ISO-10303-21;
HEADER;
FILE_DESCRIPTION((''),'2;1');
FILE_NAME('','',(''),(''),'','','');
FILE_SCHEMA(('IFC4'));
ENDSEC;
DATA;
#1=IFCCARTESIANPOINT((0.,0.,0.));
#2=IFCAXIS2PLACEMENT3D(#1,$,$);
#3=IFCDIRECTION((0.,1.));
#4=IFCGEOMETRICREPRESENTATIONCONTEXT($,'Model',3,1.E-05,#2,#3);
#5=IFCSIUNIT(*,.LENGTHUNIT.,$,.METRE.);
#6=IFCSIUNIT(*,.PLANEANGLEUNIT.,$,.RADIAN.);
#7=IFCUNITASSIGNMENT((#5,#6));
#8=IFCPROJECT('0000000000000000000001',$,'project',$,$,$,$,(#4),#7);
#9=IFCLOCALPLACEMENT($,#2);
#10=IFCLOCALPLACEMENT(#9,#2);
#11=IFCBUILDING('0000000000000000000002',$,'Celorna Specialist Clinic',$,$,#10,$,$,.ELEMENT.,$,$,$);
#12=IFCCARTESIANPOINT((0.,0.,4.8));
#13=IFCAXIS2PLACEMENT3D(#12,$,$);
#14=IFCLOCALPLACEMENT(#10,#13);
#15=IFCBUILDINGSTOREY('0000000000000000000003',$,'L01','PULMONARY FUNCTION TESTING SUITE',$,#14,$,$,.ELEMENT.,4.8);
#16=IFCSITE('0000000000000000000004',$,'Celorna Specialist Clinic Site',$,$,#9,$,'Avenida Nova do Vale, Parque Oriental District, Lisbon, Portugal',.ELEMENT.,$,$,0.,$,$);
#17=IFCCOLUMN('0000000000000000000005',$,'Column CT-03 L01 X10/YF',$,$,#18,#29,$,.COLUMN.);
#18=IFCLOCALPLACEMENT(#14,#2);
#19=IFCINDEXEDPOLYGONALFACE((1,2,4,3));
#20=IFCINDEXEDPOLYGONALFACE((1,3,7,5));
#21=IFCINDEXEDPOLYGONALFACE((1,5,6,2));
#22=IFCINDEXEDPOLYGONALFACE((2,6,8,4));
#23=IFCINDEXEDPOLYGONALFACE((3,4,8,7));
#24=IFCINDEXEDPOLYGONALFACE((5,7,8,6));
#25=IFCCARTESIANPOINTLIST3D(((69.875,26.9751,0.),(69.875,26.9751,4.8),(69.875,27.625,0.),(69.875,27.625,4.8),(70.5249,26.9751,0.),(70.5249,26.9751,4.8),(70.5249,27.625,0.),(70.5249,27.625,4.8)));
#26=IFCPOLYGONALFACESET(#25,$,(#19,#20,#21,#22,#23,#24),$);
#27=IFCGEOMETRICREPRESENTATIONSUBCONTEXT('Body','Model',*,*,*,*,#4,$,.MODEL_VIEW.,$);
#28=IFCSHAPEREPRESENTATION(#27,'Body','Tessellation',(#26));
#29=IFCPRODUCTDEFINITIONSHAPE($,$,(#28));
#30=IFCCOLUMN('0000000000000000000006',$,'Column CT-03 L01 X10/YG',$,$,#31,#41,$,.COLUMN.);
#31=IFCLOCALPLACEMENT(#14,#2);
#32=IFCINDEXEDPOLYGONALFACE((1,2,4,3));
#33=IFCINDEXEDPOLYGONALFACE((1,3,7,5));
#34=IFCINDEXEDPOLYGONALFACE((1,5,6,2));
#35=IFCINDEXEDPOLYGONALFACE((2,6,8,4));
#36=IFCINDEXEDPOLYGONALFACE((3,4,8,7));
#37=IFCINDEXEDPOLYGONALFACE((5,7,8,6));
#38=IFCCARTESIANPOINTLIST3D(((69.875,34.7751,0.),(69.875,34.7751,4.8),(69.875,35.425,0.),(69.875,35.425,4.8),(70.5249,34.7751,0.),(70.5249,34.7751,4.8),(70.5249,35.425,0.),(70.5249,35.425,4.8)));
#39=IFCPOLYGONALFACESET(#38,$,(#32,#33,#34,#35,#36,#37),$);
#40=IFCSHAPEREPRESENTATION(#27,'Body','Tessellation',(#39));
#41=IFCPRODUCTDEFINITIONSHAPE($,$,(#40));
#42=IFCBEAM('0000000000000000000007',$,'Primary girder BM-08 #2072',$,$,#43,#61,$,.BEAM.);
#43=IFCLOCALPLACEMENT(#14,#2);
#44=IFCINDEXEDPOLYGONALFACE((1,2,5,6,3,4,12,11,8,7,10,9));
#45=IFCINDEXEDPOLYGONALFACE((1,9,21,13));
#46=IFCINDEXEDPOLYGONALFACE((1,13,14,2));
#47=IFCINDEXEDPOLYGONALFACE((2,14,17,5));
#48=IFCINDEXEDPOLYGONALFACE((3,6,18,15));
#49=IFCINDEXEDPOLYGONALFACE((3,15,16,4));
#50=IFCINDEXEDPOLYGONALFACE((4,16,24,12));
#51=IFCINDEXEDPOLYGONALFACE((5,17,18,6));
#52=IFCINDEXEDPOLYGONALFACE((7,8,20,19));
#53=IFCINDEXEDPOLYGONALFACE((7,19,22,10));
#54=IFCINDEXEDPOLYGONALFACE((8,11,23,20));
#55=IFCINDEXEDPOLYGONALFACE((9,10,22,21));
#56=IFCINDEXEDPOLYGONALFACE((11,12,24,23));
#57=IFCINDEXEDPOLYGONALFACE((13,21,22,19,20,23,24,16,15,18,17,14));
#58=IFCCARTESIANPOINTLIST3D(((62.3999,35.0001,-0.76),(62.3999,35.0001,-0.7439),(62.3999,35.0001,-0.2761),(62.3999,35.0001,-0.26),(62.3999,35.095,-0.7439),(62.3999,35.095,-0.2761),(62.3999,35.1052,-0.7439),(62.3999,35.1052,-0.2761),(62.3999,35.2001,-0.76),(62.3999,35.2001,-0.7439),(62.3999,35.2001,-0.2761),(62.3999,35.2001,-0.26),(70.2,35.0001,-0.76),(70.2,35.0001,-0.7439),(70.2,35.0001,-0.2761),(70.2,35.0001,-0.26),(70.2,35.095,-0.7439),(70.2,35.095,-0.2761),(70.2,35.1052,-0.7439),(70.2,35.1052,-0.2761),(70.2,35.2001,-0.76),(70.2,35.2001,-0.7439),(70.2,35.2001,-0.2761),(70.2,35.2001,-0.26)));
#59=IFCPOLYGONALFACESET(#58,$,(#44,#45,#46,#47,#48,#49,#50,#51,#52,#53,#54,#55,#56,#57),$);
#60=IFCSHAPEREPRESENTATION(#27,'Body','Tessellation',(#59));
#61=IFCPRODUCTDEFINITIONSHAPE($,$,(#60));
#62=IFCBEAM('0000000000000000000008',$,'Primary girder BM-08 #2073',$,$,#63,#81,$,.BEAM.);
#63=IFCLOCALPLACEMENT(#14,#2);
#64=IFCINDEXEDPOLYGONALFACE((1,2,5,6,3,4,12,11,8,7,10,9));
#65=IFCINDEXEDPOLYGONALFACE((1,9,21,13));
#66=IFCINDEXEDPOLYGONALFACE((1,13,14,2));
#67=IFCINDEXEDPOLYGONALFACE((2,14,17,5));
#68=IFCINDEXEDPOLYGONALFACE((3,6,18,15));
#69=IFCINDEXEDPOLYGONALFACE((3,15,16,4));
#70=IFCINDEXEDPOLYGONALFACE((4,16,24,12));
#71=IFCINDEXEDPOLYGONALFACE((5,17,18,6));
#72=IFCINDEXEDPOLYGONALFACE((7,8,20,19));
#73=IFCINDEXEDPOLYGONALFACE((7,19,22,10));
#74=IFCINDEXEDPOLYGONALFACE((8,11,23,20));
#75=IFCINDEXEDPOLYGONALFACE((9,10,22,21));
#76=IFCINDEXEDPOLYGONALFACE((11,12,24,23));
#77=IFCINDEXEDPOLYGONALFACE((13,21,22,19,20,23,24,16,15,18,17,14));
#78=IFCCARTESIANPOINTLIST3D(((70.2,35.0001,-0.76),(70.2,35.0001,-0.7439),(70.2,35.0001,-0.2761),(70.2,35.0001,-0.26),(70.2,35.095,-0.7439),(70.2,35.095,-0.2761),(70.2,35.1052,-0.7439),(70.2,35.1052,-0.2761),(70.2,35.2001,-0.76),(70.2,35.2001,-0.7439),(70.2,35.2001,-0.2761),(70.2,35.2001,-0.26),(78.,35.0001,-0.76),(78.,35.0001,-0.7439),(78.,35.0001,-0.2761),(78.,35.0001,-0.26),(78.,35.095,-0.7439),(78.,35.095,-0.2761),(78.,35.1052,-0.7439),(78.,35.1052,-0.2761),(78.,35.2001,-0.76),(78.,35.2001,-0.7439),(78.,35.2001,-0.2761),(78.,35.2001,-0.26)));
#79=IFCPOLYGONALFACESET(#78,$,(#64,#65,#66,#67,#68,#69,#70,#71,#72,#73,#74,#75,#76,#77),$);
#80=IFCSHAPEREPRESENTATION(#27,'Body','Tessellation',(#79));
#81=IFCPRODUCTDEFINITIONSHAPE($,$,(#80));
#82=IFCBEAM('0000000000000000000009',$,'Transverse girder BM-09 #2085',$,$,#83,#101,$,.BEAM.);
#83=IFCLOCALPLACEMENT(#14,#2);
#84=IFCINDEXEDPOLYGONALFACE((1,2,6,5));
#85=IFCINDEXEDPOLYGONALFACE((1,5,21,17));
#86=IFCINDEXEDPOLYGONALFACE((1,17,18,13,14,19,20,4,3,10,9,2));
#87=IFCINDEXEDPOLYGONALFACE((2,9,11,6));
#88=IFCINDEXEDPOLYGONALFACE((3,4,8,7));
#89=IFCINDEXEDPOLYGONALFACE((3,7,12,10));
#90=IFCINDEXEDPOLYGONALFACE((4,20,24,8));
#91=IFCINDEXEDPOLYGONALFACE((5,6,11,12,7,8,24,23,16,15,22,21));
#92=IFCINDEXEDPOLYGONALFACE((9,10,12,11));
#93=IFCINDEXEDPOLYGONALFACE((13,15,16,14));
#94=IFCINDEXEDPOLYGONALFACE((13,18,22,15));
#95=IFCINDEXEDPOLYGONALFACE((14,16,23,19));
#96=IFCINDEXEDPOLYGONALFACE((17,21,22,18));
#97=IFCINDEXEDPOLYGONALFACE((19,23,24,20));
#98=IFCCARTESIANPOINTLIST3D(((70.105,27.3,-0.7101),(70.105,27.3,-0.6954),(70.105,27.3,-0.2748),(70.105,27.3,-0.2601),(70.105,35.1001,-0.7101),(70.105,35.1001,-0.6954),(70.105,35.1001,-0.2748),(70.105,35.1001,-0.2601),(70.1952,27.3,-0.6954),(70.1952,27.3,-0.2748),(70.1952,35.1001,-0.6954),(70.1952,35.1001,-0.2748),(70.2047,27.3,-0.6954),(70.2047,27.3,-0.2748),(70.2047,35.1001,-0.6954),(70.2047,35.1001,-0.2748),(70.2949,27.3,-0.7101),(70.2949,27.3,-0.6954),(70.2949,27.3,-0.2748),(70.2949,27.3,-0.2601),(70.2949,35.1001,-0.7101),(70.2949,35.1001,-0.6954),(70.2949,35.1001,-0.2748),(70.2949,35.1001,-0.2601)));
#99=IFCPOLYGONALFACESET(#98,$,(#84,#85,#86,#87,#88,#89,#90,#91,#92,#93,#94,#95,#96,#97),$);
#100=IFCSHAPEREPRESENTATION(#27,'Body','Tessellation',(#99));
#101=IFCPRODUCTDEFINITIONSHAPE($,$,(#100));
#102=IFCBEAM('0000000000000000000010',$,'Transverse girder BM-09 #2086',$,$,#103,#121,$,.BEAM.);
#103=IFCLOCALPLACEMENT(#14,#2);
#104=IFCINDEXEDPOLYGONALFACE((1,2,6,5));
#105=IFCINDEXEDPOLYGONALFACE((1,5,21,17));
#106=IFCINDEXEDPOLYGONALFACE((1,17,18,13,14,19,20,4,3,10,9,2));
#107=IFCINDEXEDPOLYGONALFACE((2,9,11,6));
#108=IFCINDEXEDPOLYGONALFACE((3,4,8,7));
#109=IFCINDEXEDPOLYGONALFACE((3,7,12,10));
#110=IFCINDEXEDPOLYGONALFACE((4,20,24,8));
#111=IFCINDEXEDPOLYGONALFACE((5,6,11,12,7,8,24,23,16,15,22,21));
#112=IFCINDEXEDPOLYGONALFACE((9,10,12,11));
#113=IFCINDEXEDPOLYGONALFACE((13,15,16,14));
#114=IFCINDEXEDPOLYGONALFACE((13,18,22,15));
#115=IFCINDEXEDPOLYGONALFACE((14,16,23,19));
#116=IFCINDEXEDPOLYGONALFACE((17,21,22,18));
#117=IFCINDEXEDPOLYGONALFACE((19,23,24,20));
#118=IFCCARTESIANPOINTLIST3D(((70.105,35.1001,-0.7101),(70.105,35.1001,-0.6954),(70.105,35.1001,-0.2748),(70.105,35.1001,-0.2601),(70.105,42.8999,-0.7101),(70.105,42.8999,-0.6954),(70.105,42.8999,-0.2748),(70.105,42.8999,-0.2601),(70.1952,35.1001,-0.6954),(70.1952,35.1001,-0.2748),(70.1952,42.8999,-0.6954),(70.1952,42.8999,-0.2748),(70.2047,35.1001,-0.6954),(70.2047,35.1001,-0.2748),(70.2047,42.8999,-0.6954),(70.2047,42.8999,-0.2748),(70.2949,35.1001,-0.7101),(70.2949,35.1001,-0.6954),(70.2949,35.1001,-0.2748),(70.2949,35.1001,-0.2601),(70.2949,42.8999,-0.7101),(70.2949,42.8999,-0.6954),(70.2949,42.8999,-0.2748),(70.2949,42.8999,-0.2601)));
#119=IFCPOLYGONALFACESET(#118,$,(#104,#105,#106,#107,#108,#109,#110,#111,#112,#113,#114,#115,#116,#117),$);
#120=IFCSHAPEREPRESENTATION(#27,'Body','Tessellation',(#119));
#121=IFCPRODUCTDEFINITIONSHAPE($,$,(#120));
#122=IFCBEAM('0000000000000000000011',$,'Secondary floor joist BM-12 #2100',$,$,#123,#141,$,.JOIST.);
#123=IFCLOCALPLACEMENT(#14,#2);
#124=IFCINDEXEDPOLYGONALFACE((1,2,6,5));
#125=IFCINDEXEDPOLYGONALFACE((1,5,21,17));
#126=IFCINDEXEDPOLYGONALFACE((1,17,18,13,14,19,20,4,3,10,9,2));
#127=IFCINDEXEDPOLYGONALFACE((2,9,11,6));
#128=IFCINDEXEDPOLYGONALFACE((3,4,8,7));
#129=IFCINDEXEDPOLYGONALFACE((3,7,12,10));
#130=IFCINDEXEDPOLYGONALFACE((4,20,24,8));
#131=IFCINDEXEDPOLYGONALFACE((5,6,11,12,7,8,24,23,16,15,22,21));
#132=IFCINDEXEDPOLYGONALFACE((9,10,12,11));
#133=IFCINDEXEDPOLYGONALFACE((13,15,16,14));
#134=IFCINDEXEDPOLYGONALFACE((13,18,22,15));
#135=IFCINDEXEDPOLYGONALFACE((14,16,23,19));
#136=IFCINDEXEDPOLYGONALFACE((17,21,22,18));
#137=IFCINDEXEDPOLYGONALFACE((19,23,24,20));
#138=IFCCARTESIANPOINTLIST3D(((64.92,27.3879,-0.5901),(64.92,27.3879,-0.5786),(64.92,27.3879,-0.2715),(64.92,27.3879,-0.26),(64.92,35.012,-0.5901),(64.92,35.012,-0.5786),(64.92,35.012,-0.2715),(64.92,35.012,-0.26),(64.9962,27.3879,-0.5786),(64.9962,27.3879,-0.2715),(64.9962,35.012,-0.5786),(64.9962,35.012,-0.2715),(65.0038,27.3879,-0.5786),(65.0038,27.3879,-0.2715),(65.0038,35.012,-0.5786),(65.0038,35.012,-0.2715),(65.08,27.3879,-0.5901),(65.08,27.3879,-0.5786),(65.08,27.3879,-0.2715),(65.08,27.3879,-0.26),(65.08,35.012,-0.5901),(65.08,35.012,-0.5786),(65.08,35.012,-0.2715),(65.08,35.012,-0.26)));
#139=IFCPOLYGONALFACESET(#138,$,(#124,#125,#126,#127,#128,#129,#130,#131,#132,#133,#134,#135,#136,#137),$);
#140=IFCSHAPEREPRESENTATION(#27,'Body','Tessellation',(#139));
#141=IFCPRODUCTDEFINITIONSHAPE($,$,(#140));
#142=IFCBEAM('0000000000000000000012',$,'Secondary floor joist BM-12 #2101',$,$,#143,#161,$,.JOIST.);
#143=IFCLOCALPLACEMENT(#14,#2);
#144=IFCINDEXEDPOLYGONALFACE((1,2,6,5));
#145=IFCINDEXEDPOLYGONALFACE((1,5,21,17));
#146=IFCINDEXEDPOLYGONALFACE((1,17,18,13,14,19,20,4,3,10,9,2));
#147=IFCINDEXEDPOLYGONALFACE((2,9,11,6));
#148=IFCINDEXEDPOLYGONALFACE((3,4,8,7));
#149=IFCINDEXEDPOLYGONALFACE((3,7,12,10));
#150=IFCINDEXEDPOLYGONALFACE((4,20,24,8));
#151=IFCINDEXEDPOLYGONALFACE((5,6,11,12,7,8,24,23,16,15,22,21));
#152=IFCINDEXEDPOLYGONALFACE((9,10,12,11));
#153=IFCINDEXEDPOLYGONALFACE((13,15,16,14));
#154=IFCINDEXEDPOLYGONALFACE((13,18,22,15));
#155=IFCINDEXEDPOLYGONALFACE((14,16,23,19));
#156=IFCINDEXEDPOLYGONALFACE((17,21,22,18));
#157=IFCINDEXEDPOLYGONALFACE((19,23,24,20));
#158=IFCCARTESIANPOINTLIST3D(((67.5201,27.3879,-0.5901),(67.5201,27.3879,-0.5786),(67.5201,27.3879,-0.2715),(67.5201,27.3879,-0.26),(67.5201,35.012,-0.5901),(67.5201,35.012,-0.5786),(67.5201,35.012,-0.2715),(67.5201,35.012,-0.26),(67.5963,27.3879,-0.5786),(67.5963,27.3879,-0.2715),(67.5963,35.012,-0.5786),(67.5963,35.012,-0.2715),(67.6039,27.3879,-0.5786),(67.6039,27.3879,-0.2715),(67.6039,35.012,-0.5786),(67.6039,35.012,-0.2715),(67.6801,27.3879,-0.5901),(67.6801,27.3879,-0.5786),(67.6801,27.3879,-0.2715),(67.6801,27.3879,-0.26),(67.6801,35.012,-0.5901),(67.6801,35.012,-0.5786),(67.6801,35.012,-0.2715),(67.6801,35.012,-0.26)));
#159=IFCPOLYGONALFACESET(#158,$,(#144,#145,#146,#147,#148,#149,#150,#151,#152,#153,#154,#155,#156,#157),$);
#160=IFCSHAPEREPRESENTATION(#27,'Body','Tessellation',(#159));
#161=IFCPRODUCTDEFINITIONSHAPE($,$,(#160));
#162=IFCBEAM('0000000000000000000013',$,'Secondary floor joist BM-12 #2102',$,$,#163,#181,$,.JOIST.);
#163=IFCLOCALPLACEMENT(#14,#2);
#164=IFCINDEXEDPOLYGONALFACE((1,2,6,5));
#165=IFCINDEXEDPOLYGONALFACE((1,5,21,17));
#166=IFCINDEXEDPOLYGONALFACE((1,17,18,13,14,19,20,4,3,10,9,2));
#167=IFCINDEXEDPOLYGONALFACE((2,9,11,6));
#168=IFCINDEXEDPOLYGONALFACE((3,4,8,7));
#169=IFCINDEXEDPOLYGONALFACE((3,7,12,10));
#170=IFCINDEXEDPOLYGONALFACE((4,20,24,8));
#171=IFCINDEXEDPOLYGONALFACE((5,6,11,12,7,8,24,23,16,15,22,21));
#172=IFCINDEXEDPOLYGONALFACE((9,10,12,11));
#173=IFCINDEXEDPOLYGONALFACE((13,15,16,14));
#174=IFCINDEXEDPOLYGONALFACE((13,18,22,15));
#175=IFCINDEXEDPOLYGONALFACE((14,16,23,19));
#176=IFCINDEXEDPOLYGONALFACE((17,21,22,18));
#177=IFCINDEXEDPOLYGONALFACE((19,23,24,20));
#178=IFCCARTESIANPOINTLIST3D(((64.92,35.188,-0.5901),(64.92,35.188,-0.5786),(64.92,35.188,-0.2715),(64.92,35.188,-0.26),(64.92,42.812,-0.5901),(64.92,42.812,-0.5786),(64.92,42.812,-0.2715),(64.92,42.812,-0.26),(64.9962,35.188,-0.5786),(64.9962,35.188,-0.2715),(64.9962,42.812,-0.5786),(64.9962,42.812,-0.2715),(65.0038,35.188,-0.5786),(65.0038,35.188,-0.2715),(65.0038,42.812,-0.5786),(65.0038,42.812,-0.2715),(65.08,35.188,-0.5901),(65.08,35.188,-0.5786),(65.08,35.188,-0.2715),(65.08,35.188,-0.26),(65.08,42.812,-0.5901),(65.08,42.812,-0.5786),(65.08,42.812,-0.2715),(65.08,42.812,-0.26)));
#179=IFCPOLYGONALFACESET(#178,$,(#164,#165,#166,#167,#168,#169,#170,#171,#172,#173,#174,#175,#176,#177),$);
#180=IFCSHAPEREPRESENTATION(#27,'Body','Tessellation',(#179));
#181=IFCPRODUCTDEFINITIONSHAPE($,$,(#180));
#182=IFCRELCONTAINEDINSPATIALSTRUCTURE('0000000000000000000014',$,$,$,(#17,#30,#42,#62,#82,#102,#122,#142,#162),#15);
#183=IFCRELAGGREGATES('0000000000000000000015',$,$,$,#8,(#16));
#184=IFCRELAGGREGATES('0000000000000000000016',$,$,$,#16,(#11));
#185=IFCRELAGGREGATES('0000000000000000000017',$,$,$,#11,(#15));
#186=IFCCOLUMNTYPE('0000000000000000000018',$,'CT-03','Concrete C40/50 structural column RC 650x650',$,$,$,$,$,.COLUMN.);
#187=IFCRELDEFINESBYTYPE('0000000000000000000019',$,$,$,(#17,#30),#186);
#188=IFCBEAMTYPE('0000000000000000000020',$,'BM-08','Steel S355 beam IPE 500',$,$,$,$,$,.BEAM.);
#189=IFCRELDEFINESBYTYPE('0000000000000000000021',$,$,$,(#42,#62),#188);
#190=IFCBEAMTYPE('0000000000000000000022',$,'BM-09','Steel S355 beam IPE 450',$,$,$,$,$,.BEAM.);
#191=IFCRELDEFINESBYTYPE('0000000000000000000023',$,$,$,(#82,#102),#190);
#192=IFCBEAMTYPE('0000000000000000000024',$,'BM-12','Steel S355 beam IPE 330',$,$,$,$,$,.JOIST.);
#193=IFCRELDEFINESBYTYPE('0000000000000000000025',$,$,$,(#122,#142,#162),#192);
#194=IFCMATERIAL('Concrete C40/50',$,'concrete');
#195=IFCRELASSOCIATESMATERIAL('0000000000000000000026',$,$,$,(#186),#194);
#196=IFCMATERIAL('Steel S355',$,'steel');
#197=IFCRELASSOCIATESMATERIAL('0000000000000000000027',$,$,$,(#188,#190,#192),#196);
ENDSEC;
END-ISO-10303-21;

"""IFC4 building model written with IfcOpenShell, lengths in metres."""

from ifc_helpers import new_model, si_unit, direction, frame, origin, origin_2d, place, context, subcontext, project, spatial, rectangle, i_section, extrude, material, material_profile, profile_set, type_object, element, save


model = new_model("IFC4")

# Units and contexts
model_context = context("Model", 3, precision=1e-05, world=origin(), true_north=direction((0.0, 1.0)))
body_context = subcontext(model_context, "Body", "Model", "MODEL_VIEW")
ifc_project = project(units=[si_unit("LENGTHUNIT", "METRE"), si_unit("PLANEANGLEUNIT", "RADIAN")], contexts=[model_context])

# Site, building, storey
site_placement = place(None, origin())
site = spatial("IfcSite", under=ifc_project, at=site_placement, Name="Celorna Specialist Clinic Site", LongName="Avenida Nova do Vale, Parque Oriental District, Lisbon, Portugal", CompositionType="ELEMENT", RefElevation=0.0)
building_placement = place(site_placement, origin())
building = spatial("IfcBuilding", under=site, at=building_placement, Name="Celorna Specialist Clinic", CompositionType="ELEMENT")
storey_placement = place(building_placement, frame((0.0, 0.0, 4.8)))
storey = spatial("IfcBuildingStorey", under=building, at=storey_placement, Name="L01", Description="PULMONARY FUNCTION TESTING SUITE", CompositionType="ELEMENT", Elevation=4.8)

# Columns
ifc_material_1 = material(Name="Concrete C40/50", Category="concrete")
ifc_material_profile_1 = material_profile(ifc_material_1, rectangle(XDim=0.6499, YDim=0.6499, at=origin_2d()), Name="RC 650x650")
ifc_profile_set_1 = profile_set([ifc_material_profile_1], Name="Concrete C40/50")
column_type = type_object("IfcColumnType", Name="CT-03", Description="Concrete C40/50 structural column RC 650x650", PredefinedType="COLUMN", material=ifc_profile_set_1)
for number, where, z_axis, x_axis, name in (
    (1, (70.2, 27.3, 0.0), (0.0, 0.0, 1.0), (1.0, 0.0, 0.0), "Column CT-03 L01 X10/YF"),
    (2, (70.2, 35.1001, 0.0), (0.0, 0.0, 1.0), (1.0, 0.0, 0.0), "Column CT-03 L01 X10/YG"),
):
    element("IfcColumn", number, at=place(storey_placement, frame(where, z_axis=z_axis, x_axis=x_axis)), inside=storey, type_object=column_type, Name=name, PredefinedType="COLUMN", context=body_context, shape_type="SweptSolid", body=[
        extrude(rectangle(XDim=0.6499, YDim=0.6499, at=origin_2d()), origin(), (0.0, 0.0, 1.0), 4.8),
    ])

# Beams
ifc_material_2 = material(Name="Steel S355", Category="steel")
ifc_material_profile_2 = material_profile(ifc_material_2, i_section(OverallWidth=0.2, OverallDepth=0.5, WebThickness=0.0103, FlangeThickness=0.0161, at=origin_2d()), Name="IPE 500")
ifc_profile_set_2 = profile_set([ifc_material_profile_2], Name="Steel S355")
beam_type_1 = type_object("IfcBeamType", Name="BM-08", Description="Steel S355 beam IPE 500", PredefinedType="BEAM", material=ifc_profile_set_2)
for number, where, z_axis, x_axis, name in (
    (3, (62.3999, 35.1001, -0.51), (1.0, 0.0, 0.0), (0.0, 1.0, 0.0), "Primary girder BM-08 #2072"),
    (4, (70.2, 35.1001, -0.51), (1.0, 0.0, 0.0), (0.0, 1.0, 0.0), "Primary girder BM-08 #2073"),
):
    element("IfcBeam", number, at=place(storey_placement, frame(where, z_axis=z_axis, x_axis=x_axis)), inside=storey, type_object=beam_type_1, Name=name, PredefinedType="BEAM", context=body_context, shape_type="SweptSolid", body=[
        extrude(i_section(OverallWidth=0.2, OverallDepth=0.5, WebThickness=0.0103, FlangeThickness=0.0161, at=origin_2d()), origin(), (0.0, 0.0, 1.0), 7.8),
    ])
ifc_material_profile_3 = material_profile(ifc_material_2, i_section(OverallWidth=0.1899, OverallDepth=0.45, WebThickness=0.0095, FlangeThickness=0.0146, at=origin_2d()), Name="IPE 450")
ifc_profile_set_3 = profile_set([ifc_material_profile_3], Name="Steel S355")
beam_type_2 = type_object("IfcBeamType", Name="BM-09", Description="Steel S355 beam IPE 450", PredefinedType="BEAM", material=ifc_profile_set_3)
beam_1_placement = place(storey_placement, frame((70.2, 27.3, -0.4851), z_axis=(0.0, 1.0, 0.0), x_axis=(-1.0, 0.0, 0.0)))
element("IfcBeam", 5, at=beam_1_placement, inside=storey, type_object=beam_type_2, Name="Transverse girder BM-09 #2085", PredefinedType="BEAM", context=body_context, shape_type="SweptSolid", body=[
    extrude(i_section(OverallWidth=0.1899, OverallDepth=0.45, WebThickness=0.0095, FlangeThickness=0.0146, at=origin_2d()), origin(), (0.0, 0.0, 1.0), 7.8),
])
beam_2_placement = place(storey_placement, frame((70.2, 35.1001, -0.4851), z_axis=(0.0, 1.0, 0.0), x_axis=(-1.0, 0.0, 0.0)))
element("IfcBeam", 6, at=beam_2_placement, inside=storey, type_object=beam_type_2, Name="Transverse girder BM-09 #2086", PredefinedType="BEAM", context=body_context, shape_type="SweptSolid", body=[
    extrude(i_section(OverallWidth=0.1899, OverallDepth=0.45, WebThickness=0.0095, FlangeThickness=0.0146, at=origin_2d()), origin(), (0.0, 0.0, 1.0), 7.7998),
])
ifc_material_profile_4 = material_profile(ifc_material_2, i_section(OverallWidth=0.1599, OverallDepth=0.3301, WebThickness=0.0076, FlangeThickness=0.0115, at=origin_2d()), Name="IPE 330")
ifc_profile_set_4 = profile_set([ifc_material_profile_4], Name="Steel S355")
beam_type_3 = type_object("IfcBeamType", Name="BM-12", Description="Steel S355 beam IPE 330", PredefinedType="JOIST", material=ifc_profile_set_4)
for number, where, z_axis, x_axis, name in (
    (7, (65.0, 27.3879, -0.425), (0.0, 1.0, 0.0), (-1.0, 0.0, 0.0), "Secondary floor joist BM-12 #2100"),
    (8, (67.6001, 27.3879, -0.425), (0.0, 1.0, 0.0), (-1.0, 0.0, 0.0), "Secondary floor joist BM-12 #2101"),
    (9, (65.0, 35.188, -0.425), (0.0, 1.0, 0.0), (-1.0, 0.0, 0.0), "Secondary floor joist BM-12 #2102"),
):
    element("IfcBeam", number, at=place(storey_placement, frame(where, z_axis=z_axis, x_axis=x_axis)), inside=storey, type_object=beam_type_3, Name=name, PredefinedType="JOIST", context=body_context, shape_type="SweptSolid", body=[
        extrude(i_section(OverallWidth=0.1599, OverallDepth=0.3301, WebThickness=0.0076, FlangeThickness=0.0115, at=origin_2d()), origin(), (0.0, 0.0, 1.0), 7.624),
    ])

save(model, "model.ifc")
